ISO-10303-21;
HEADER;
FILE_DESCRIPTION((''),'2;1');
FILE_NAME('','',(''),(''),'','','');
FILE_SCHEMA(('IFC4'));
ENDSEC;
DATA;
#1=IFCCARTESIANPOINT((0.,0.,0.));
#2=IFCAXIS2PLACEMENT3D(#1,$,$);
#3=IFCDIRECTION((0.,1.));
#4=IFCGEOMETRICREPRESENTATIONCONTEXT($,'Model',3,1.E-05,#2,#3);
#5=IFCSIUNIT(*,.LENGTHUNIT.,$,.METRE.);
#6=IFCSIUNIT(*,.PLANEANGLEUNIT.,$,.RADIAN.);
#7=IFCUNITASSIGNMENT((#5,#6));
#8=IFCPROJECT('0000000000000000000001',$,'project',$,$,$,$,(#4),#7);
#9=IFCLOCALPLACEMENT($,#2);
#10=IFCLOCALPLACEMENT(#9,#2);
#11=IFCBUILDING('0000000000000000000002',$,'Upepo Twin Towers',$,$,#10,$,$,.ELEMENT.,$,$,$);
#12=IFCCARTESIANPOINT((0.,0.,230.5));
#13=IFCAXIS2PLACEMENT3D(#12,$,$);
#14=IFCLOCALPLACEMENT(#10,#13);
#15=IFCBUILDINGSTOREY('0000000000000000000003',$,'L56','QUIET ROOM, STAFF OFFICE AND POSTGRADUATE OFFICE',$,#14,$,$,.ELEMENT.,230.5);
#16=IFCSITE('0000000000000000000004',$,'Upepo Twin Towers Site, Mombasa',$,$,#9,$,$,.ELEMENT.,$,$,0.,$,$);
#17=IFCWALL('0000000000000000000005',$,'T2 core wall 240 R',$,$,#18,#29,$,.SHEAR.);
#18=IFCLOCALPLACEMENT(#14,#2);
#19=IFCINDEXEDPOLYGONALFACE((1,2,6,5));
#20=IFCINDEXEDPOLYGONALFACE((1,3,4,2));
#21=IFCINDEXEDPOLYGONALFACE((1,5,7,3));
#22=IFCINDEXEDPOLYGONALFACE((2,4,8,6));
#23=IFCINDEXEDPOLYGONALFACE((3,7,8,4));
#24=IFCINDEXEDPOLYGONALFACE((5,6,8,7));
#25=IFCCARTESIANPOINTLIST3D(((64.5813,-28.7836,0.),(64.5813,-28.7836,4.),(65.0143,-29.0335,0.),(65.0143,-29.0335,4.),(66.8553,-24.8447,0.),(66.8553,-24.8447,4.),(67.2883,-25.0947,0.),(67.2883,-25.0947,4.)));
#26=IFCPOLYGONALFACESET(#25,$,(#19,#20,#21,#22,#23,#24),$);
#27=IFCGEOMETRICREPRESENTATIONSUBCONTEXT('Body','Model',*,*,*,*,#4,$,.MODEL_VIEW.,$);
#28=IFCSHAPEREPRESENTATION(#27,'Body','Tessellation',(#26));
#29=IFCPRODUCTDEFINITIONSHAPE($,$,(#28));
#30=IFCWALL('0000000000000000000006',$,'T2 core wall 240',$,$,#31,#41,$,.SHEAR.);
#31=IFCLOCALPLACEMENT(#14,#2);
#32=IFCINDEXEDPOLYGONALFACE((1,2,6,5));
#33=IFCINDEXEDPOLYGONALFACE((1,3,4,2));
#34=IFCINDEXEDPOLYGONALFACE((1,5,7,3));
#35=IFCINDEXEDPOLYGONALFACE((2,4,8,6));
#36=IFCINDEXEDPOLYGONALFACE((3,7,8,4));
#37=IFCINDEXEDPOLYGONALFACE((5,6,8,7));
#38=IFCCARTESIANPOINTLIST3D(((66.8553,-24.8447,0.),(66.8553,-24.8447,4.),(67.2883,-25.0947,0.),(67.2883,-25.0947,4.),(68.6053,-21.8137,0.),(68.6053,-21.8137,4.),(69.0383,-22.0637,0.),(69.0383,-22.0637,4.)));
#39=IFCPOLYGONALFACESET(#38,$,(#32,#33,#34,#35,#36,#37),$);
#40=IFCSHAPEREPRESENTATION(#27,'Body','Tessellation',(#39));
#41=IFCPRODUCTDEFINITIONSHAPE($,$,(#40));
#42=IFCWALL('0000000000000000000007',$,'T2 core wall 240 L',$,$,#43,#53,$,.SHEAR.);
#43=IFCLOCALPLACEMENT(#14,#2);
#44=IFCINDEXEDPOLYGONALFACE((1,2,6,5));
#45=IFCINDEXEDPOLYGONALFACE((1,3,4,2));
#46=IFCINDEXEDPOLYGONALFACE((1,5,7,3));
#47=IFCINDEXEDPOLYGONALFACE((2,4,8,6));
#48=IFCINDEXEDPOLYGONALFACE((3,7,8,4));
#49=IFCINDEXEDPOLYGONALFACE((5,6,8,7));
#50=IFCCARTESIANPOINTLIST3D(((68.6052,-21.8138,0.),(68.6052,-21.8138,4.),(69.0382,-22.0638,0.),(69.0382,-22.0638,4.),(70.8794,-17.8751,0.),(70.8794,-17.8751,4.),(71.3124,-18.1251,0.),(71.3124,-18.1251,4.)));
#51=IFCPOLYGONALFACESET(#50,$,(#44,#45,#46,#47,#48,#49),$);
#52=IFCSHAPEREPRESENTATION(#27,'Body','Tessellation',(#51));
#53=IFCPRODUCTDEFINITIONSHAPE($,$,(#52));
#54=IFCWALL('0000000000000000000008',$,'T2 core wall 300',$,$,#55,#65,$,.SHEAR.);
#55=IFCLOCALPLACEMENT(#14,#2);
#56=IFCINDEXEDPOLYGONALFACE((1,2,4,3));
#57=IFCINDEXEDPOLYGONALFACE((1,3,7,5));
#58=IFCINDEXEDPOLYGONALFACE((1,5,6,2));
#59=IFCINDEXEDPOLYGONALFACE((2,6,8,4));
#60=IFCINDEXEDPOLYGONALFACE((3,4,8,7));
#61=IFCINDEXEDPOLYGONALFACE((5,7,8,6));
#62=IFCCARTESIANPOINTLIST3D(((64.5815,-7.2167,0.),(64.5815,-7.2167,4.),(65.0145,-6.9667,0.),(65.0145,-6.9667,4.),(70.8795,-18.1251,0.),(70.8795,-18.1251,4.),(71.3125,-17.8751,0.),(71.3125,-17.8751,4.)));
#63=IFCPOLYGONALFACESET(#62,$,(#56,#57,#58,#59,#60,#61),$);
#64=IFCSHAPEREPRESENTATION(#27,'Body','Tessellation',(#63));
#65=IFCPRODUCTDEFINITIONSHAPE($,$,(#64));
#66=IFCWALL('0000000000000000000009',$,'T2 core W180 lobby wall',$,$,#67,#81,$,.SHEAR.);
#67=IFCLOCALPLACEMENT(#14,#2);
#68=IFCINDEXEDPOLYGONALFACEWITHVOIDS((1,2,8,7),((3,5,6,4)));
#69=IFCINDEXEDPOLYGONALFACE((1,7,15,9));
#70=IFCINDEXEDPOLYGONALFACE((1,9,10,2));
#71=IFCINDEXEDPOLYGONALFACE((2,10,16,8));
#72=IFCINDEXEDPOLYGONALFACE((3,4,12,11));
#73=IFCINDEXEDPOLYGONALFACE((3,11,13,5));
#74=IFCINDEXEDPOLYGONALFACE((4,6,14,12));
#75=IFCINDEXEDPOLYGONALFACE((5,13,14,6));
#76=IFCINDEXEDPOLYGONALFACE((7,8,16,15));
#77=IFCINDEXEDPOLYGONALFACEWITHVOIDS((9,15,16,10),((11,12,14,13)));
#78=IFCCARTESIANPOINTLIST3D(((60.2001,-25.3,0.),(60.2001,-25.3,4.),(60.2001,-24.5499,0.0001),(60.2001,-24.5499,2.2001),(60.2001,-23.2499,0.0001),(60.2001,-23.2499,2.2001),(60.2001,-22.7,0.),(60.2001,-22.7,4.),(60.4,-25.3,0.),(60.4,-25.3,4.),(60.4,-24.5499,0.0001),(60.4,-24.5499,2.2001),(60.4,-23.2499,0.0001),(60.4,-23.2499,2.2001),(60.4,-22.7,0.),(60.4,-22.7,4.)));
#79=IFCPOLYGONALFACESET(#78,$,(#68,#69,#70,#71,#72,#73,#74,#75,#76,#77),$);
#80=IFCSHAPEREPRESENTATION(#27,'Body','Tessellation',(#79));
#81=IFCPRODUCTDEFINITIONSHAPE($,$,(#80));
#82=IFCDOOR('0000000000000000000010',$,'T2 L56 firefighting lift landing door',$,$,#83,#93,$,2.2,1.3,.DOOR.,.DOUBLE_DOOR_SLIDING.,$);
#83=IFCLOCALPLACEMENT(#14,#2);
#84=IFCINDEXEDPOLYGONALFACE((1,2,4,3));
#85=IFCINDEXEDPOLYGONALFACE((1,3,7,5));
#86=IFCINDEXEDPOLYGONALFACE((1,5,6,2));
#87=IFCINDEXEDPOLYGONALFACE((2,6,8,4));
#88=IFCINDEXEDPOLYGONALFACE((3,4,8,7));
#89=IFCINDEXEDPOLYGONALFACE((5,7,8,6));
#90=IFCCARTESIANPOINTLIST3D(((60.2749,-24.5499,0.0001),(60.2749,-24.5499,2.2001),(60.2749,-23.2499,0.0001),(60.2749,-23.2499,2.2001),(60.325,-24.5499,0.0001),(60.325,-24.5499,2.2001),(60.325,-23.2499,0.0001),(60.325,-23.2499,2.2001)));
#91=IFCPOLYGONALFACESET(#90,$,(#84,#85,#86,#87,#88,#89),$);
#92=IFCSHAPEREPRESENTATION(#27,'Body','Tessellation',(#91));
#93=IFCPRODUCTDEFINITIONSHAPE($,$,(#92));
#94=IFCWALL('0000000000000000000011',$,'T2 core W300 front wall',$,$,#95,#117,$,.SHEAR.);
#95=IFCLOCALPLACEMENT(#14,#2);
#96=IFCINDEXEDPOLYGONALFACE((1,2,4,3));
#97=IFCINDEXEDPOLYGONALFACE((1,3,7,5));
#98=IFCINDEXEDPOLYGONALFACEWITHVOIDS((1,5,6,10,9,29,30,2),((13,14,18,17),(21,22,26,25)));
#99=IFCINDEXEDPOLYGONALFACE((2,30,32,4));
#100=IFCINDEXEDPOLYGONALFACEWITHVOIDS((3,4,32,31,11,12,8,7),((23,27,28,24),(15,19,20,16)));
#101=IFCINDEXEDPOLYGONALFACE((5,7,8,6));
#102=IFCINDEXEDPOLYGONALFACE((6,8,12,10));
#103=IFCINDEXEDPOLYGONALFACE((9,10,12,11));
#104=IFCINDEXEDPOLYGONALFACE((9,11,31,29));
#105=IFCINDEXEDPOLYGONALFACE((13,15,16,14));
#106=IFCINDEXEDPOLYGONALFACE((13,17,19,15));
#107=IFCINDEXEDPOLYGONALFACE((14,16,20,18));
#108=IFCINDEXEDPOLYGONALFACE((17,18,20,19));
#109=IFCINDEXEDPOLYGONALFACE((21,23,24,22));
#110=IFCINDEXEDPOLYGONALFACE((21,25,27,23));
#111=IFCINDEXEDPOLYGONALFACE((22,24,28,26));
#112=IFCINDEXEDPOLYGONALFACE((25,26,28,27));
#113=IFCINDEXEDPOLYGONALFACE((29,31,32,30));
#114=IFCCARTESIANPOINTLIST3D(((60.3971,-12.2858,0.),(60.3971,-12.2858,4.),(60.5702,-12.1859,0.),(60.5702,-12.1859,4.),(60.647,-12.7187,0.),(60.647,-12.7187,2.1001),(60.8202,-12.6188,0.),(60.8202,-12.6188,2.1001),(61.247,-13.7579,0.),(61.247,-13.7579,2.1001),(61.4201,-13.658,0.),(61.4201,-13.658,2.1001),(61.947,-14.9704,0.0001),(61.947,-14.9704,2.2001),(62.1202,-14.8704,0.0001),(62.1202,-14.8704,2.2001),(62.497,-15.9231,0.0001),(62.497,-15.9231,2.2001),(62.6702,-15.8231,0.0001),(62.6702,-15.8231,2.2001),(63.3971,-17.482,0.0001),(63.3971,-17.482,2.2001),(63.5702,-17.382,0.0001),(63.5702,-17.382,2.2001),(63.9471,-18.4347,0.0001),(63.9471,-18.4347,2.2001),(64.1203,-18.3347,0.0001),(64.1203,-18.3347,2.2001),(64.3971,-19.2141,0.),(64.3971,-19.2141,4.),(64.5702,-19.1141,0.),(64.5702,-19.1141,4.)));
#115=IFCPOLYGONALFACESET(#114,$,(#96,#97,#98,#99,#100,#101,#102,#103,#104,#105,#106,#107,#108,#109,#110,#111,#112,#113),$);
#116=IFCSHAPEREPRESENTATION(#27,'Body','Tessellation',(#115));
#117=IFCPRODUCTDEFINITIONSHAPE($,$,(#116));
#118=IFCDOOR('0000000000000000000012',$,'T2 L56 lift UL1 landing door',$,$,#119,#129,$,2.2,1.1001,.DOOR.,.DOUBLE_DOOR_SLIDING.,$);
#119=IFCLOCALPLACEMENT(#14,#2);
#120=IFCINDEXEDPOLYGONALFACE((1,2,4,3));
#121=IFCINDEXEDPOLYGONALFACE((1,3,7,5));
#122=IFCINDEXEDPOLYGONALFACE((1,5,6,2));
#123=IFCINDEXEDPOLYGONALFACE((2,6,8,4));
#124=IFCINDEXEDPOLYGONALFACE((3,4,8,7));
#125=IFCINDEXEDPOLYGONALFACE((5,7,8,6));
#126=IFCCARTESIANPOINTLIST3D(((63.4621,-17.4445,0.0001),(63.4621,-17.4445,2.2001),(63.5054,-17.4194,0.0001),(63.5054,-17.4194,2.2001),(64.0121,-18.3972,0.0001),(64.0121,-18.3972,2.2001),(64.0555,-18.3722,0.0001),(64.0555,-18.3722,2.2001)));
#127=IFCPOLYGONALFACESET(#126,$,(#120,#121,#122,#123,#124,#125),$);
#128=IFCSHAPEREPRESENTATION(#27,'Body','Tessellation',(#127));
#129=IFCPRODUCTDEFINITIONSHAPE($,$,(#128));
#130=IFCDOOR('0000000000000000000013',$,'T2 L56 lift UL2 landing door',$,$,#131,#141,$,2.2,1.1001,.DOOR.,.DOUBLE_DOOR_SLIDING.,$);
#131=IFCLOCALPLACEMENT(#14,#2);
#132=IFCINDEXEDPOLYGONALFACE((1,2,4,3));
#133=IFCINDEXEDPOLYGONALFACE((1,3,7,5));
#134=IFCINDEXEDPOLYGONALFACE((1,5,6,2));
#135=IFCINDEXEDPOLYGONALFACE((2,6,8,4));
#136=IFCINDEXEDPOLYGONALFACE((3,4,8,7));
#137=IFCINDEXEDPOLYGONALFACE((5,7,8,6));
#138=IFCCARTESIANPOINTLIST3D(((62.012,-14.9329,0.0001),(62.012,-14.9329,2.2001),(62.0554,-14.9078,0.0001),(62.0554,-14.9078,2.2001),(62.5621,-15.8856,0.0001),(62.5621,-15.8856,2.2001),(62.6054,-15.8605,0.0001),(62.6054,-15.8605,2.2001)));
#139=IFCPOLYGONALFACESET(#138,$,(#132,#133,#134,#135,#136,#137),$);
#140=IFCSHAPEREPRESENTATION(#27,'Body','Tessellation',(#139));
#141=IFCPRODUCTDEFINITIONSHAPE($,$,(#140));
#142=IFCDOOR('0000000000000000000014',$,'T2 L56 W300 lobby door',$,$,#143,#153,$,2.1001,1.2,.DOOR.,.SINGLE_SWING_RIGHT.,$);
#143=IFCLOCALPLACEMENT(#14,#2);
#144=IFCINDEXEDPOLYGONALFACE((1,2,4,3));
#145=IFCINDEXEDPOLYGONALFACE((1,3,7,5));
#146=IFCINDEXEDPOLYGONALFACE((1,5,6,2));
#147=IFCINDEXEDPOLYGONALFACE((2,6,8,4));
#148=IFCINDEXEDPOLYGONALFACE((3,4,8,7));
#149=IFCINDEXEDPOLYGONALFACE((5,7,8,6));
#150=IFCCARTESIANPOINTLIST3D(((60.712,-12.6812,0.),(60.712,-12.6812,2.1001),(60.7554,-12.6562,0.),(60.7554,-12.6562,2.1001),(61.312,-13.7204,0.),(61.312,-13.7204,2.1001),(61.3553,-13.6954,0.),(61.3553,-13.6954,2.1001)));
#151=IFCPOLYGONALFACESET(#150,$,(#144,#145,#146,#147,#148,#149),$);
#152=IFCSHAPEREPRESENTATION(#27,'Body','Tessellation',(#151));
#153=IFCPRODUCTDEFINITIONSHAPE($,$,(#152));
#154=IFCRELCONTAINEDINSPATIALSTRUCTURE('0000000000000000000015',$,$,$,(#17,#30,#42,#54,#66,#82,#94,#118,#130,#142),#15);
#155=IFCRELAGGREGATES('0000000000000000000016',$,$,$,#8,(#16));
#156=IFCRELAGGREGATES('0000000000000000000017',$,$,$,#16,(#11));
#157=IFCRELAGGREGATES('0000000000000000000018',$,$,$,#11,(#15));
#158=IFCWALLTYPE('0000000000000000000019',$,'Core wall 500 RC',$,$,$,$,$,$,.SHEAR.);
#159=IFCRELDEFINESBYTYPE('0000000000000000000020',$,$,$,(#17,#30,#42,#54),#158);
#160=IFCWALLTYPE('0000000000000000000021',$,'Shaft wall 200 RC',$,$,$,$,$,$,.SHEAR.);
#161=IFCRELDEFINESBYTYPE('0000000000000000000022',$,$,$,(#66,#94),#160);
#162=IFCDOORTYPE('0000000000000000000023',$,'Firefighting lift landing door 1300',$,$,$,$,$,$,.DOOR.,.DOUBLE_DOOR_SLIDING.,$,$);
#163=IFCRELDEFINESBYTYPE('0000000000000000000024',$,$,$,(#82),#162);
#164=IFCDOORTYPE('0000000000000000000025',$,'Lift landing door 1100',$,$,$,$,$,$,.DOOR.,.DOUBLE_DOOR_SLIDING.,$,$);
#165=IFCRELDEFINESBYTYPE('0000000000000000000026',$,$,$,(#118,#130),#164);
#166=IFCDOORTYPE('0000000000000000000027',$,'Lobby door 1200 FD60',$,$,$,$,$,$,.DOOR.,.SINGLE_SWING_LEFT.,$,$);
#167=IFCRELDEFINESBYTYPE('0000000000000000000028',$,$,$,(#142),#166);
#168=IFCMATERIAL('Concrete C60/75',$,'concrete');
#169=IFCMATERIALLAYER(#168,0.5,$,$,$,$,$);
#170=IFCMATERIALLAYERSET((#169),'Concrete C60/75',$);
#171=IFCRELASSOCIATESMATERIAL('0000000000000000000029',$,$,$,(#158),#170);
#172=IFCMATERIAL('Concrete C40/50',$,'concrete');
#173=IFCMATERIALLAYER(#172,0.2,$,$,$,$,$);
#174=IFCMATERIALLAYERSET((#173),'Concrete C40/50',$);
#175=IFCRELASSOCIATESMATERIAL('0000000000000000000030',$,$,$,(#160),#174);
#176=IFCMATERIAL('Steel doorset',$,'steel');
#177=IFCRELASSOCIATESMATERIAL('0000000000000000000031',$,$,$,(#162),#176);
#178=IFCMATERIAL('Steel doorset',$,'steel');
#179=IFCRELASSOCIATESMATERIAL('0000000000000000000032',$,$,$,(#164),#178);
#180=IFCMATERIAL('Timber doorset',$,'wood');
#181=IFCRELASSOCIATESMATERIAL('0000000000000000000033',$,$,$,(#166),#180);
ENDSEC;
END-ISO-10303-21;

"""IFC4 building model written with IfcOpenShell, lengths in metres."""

from ifc_helpers import new_model, si_unit, direction, frame, frame_2d, origin, place, context, subcontext, project, spatial, rectangle, extrude, material, layer, layer_set, type_object, element, fill, save


model = new_model("IFC4")

# Units and contexts
model_context = context("Model", 3, precision=1e-05, world=origin(), true_north=direction((0.0, 1.0)))
body_context = subcontext(model_context, "Body", "Model", "MODEL_VIEW")
ifc_project = project(units=[si_unit("LENGTHUNIT", "METRE"), si_unit("PLANEANGLEUNIT", "RADIAN")], contexts=[model_context])

# Site, building, storey
site_placement = place(None, origin())
site = spatial("IfcSite", under=ifc_project, at=site_placement, Name="Upepo Twin Towers Site, Mombasa", CompositionType="ELEMENT", RefElevation=0.0)
building_placement = place(site_placement, origin())
building = spatial("IfcBuilding", under=site, at=building_placement, Name="Upepo Twin Towers", CompositionType="ELEMENT")
storey_placement = place(building_placement, frame((0.0, 0.0, 230.5)))
storey = spatial("IfcBuildingStorey", under=building, at=storey_placement, Name="L56", Description="QUIET ROOM, STAFF OFFICE AND POSTGRADUATE OFFICE", CompositionType="ELEMENT", Elevation=230.5)

# Walls
ifc_material_1 = material(Name="Concrete C60/75", Category="concrete")
ifc_layer_1 = layer(ifc_material_1, 0.5)
ifc_layer_set_1 = layer_set([ifc_layer_1], Name="Concrete C60/75")
wall_type_1 = type_object("IfcWallType", Name="Core wall 500 RC", PredefinedType="SHEAR", material=ifc_layer_set_1)
wall_1_placement = place(storey_placement, frame((64.7979, -28.9084, 0.0), z_axis=(0.0, 0.0, 1.0), x_axis=(0.499984, 0.866035, 0.0)))
element("IfcWall", 1, at=wall_1_placement, inside=storey, type_object=wall_type_1, Name="T2 core wall 240 R", PredefinedType="SHEAR", context=body_context, shape_type="SweptSolid", body=[
    extrude(rectangle(XDim=4.5481, YDim=0.5, at=frame_2d((2.2739, 0.0))), origin(), (0.0, 0.0, 1.0), 4.0),
])
wall_2_placement = place(storey_placement, frame((67.0718, -24.9697, 0.0), z_axis=(0.0, 0.0, 1.0), x_axis=(0.50001, 0.866019, 0.0)))
element("IfcWall", 2, at=wall_2_placement, inside=storey, type_object=wall_type_1, Name="T2 core wall 240", PredefinedType="SHEAR", context=body_context, shape_type="SweptSolid", body=[
    extrude(rectangle(XDim=3.5, YDim=0.5, at=frame_2d((1.75, 0.0))), origin(), (0.0, 0.0, 1.0), 4.0),
])
wall_3_placement = place(storey_placement, frame((68.8218, -21.9387, 0.0), z_axis=(0.0, 0.0, 1.0), x_axis=(0.500024, 0.866011, 0.0)))
element("IfcWall", 3, at=wall_3_placement, inside=storey, type_object=wall_type_1, Name="T2 core wall 240 L", PredefinedType="SHEAR", context=body_context, shape_type="SweptSolid", body=[
    extrude(rectangle(XDim=4.5481, YDim=0.5, at=frame_2d((2.2739, 0.0))), origin(), (0.0, 0.0, 1.0), 4.0),
])
wall_4_placement = place(storey_placement, frame((71.0959, -18.0, 0.0), z_axis=(0.0, 0.0, 1.0), x_axis=(-0.500006, 0.866022, 0.0)))
element("IfcWall", 4, at=wall_4_placement, inside=storey, type_object=wall_type_1, Name="T2 core wall 300", PredefinedType="SHEAR", context=body_context, shape_type="SweptSolid", body=[
    extrude(rectangle(XDim=12.5959, YDim=0.5, at=frame_2d((6.2979, 0.0))), origin(), (0.0, 0.0, 1.0), 4.0),
])

# Wall, opening, door
ifc_material_2 = material(Name="Concrete C40/50", Category="concrete")
ifc_layer_2 = layer(ifc_material_2, 0.2)
ifc_layer_set_2 = layer_set([ifc_layer_2], Name="Concrete C40/50")
wall_type_2 = type_object("IfcWallType", Name="Shaft wall 200 RC", PredefinedType="SHEAR", material=ifc_layer_set_2)
wall_5_placement = place(storey_placement, frame((60.3, -22.7, 0.0), z_axis=(0.0, 0.0, 1.0), x_axis=(0.0, -1.0, 0.0)))
wall_5 = element("IfcWall", 5, at=wall_5_placement, inside=storey, type_object=wall_type_2, Name="T2 core W180 lobby wall", PredefinedType="SHEAR", context=body_context, shape_type="SweptSolid", body=[
    extrude(rectangle(XDim=2.6001, YDim=0.2, at=frame_2d((1.3, 0.0))), origin(), (0.0, 0.0, 1.0), 4.0),
])
opening_1_placement = place(wall_5_placement, frame((0.55, 0.0, 0.0)))
opening_1 = element("IfcOpeningElement", 6, at=opening_1_placement, cuts=wall_5, PredefinedType="OPENING", context=body_context, shape_type="SweptSolid", body=[
    extrude(rectangle(XDim=1.3, YDim=2.2, at=frame_2d((0.6499, 1.1001))), frame((0.0, 0.1099, 0.0), z_axis=(0.0, -1.0, 0.0), x_axis=(1.0, 0.0, 0.0)), (0.0, 0.0, 1.0), 0.22),
])
ifc_material_3 = material(Name="Steel doorset", Category="steel")
door_type_1 = type_object("IfcDoorType", Name="Firefighting lift landing door 1300", OperationType="DOUBLE_DOOR_SLIDING", PredefinedType="DOOR", material=ifc_material_3)
door_1_placement = place(opening_1_placement, origin())
door_1 = element("IfcDoor", 7, at=door_1_placement, inside=storey, type_object=door_type_1, Name="T2 L56 firefighting lift landing door", OperationType="DOUBLE_DOOR_SLIDING", OverallHeight=2.2, OverallWidth=1.3, PredefinedType="DOOR", context=body_context, shape_type="SweptSolid", body=[
    extrude(rectangle(XDim=1.3, YDim=2.2, at=frame_2d((0.6499, 1.1001))), frame((0.0, 0.0249, 0.0), z_axis=(0.0, -1.0, 0.0), x_axis=(1.0, 0.0, 0.0)), (0.0, 0.0, 1.0), 0.05),
])
fill(opening_1, door_1)

# Wall, openings, doors
wall_6_placement = place(storey_placement, frame((64.4836, -19.1641, 0.0), z_axis=(0.0, 0.0, 1.0), x_axis=(-0.499999, 0.866026, 0.0)))
wall_6 = element("IfcWall", 8, at=wall_6_placement, inside=storey, type_object=wall_type_2, Name="T2 core W300 front wall", PredefinedType="SHEAR", context=body_context, shape_type="SweptSolid", body=[
    extrude(rectangle(XDim=8.0, YDim=0.2, at=frame_2d((4.0, 0.0))), origin(), (0.0, 0.0, 1.0), 4.0),
])
opening_2_placement = place(wall_6_placement, frame((6.3, 0.0, 0.0)))
opening_2 = element("IfcOpeningElement", 9, at=opening_2_placement, cuts=wall_6, PredefinedType="OPENING", context=body_context, shape_type="SweptSolid", body=[
    extrude(rectangle(XDim=1.2, YDim=2.1001, at=frame_2d((0.6001, 1.05))), frame((0.0, 0.1099, 0.0), z_axis=(0.0, -1.0, 0.0), x_axis=(1.0, 0.0, 0.0)), (0.0, 0.0, 1.0), 0.22),
])
opening_3_placement = place(wall_6_placement, frame((0.8999, 0.0, 0.0)))
opening_3 = element("IfcOpeningElement", 10, at=opening_3_placement, cuts=wall_6, PredefinedType="OPENING", context=body_context, shape_type="SweptSolid", body=[
    extrude(rectangle(XDim=1.1001, YDim=2.2, at=frame_2d((0.55, 1.1001))), frame((0.0, 0.1099, 0.0), z_axis=(0.0, -1.0, 0.0), x_axis=(1.0, 0.0, 0.0)), (0.0, 0.0, 1.0), 0.22),
])
opening_4_placement = place(wall_6_placement, frame((3.8, 0.0, 0.0)))
opening_4 = element("IfcOpeningElement", 11, at=opening_4_placement, cuts=wall_6, PredefinedType="OPENING", context=body_context, shape_type="SweptSolid", body=[
    extrude(rectangle(XDim=1.1001, YDim=2.2, at=frame_2d((0.55, 1.1001))), frame((0.0, 0.1099, 0.0), z_axis=(0.0, -1.0, 0.0), x_axis=(1.0, 0.0, 0.0)), (0.0, 0.0, 1.0), 0.22),
])
ifc_material_4 = material(Name="Steel doorset", Category="steel")
door_type_2 = type_object("IfcDoorType", Name="Lift landing door 1100", OperationType="DOUBLE_DOOR_SLIDING", PredefinedType="DOOR", material=ifc_material_4)
door_2_placement = place(opening_3_placement, origin())
door_2 = element("IfcDoor", 12, at=door_2_placement, inside=storey, type_object=door_type_2, Name="T2 L56 lift UL1 landing door", OperationType="DOUBLE_DOOR_SLIDING", OverallHeight=2.2, OverallWidth=1.1001, PredefinedType="DOOR", context=body_context, shape_type="SweptSolid", body=[
    extrude(rectangle(XDim=1.1001, YDim=2.2, at=frame_2d((0.55, 1.1001))), frame((0.0, 0.0249, 0.0), z_axis=(0.0, -1.0, 0.0), x_axis=(1.0, 0.0, 0.0)), (0.0, 0.0, 1.0), 0.05),
])
fill(opening_3, door_2)
door_3_placement = place(opening_4_placement, origin())
door_3 = element("IfcDoor", 13, at=door_3_placement, inside=storey, type_object=door_type_2, Name="T2 L56 lift UL2 landing door", OperationType="DOUBLE_DOOR_SLIDING", OverallHeight=2.2, OverallWidth=1.1001, PredefinedType="DOOR", context=body_context, shape_type="SweptSolid", body=[
    extrude(rectangle(XDim=1.1001, YDim=2.2, at=frame_2d((0.55, 1.1001))), frame((0.0, 0.0249, 0.0), z_axis=(0.0, -1.0, 0.0), x_axis=(1.0, 0.0, 0.0)), (0.0, 0.0, 1.0), 0.05),
])
fill(opening_4, door_3)
ifc_material_5 = material(Name="Timber doorset", Category="wood")
door_type_3 = type_object("IfcDoorType", Name="Lobby door 1200 FD60", OperationType="SINGLE_SWING_LEFT", PredefinedType="DOOR", material=ifc_material_5)
door_4_placement = place(opening_2_placement, origin())
door_4 = element("IfcDoor", 14, at=door_4_placement, inside=storey, type_object=door_type_3, Name="T2 L56 W300 lobby door", OperationType="SINGLE_SWING_RIGHT", OverallHeight=2.1001, OverallWidth=1.2, PredefinedType="DOOR", context=body_context, shape_type="SweptSolid", body=[
    extrude(rectangle(XDim=1.2, YDim=2.1001, at=frame_2d((0.6001, 1.05))), frame((0.0, 0.0249, 0.0), z_axis=(0.0, -1.0, 0.0), x_axis=(1.0, 0.0, 0.0)), (0.0, 0.0, 1.0), 0.05),
])
fill(opening_2, door_4)

save(model, "model.ifc")
